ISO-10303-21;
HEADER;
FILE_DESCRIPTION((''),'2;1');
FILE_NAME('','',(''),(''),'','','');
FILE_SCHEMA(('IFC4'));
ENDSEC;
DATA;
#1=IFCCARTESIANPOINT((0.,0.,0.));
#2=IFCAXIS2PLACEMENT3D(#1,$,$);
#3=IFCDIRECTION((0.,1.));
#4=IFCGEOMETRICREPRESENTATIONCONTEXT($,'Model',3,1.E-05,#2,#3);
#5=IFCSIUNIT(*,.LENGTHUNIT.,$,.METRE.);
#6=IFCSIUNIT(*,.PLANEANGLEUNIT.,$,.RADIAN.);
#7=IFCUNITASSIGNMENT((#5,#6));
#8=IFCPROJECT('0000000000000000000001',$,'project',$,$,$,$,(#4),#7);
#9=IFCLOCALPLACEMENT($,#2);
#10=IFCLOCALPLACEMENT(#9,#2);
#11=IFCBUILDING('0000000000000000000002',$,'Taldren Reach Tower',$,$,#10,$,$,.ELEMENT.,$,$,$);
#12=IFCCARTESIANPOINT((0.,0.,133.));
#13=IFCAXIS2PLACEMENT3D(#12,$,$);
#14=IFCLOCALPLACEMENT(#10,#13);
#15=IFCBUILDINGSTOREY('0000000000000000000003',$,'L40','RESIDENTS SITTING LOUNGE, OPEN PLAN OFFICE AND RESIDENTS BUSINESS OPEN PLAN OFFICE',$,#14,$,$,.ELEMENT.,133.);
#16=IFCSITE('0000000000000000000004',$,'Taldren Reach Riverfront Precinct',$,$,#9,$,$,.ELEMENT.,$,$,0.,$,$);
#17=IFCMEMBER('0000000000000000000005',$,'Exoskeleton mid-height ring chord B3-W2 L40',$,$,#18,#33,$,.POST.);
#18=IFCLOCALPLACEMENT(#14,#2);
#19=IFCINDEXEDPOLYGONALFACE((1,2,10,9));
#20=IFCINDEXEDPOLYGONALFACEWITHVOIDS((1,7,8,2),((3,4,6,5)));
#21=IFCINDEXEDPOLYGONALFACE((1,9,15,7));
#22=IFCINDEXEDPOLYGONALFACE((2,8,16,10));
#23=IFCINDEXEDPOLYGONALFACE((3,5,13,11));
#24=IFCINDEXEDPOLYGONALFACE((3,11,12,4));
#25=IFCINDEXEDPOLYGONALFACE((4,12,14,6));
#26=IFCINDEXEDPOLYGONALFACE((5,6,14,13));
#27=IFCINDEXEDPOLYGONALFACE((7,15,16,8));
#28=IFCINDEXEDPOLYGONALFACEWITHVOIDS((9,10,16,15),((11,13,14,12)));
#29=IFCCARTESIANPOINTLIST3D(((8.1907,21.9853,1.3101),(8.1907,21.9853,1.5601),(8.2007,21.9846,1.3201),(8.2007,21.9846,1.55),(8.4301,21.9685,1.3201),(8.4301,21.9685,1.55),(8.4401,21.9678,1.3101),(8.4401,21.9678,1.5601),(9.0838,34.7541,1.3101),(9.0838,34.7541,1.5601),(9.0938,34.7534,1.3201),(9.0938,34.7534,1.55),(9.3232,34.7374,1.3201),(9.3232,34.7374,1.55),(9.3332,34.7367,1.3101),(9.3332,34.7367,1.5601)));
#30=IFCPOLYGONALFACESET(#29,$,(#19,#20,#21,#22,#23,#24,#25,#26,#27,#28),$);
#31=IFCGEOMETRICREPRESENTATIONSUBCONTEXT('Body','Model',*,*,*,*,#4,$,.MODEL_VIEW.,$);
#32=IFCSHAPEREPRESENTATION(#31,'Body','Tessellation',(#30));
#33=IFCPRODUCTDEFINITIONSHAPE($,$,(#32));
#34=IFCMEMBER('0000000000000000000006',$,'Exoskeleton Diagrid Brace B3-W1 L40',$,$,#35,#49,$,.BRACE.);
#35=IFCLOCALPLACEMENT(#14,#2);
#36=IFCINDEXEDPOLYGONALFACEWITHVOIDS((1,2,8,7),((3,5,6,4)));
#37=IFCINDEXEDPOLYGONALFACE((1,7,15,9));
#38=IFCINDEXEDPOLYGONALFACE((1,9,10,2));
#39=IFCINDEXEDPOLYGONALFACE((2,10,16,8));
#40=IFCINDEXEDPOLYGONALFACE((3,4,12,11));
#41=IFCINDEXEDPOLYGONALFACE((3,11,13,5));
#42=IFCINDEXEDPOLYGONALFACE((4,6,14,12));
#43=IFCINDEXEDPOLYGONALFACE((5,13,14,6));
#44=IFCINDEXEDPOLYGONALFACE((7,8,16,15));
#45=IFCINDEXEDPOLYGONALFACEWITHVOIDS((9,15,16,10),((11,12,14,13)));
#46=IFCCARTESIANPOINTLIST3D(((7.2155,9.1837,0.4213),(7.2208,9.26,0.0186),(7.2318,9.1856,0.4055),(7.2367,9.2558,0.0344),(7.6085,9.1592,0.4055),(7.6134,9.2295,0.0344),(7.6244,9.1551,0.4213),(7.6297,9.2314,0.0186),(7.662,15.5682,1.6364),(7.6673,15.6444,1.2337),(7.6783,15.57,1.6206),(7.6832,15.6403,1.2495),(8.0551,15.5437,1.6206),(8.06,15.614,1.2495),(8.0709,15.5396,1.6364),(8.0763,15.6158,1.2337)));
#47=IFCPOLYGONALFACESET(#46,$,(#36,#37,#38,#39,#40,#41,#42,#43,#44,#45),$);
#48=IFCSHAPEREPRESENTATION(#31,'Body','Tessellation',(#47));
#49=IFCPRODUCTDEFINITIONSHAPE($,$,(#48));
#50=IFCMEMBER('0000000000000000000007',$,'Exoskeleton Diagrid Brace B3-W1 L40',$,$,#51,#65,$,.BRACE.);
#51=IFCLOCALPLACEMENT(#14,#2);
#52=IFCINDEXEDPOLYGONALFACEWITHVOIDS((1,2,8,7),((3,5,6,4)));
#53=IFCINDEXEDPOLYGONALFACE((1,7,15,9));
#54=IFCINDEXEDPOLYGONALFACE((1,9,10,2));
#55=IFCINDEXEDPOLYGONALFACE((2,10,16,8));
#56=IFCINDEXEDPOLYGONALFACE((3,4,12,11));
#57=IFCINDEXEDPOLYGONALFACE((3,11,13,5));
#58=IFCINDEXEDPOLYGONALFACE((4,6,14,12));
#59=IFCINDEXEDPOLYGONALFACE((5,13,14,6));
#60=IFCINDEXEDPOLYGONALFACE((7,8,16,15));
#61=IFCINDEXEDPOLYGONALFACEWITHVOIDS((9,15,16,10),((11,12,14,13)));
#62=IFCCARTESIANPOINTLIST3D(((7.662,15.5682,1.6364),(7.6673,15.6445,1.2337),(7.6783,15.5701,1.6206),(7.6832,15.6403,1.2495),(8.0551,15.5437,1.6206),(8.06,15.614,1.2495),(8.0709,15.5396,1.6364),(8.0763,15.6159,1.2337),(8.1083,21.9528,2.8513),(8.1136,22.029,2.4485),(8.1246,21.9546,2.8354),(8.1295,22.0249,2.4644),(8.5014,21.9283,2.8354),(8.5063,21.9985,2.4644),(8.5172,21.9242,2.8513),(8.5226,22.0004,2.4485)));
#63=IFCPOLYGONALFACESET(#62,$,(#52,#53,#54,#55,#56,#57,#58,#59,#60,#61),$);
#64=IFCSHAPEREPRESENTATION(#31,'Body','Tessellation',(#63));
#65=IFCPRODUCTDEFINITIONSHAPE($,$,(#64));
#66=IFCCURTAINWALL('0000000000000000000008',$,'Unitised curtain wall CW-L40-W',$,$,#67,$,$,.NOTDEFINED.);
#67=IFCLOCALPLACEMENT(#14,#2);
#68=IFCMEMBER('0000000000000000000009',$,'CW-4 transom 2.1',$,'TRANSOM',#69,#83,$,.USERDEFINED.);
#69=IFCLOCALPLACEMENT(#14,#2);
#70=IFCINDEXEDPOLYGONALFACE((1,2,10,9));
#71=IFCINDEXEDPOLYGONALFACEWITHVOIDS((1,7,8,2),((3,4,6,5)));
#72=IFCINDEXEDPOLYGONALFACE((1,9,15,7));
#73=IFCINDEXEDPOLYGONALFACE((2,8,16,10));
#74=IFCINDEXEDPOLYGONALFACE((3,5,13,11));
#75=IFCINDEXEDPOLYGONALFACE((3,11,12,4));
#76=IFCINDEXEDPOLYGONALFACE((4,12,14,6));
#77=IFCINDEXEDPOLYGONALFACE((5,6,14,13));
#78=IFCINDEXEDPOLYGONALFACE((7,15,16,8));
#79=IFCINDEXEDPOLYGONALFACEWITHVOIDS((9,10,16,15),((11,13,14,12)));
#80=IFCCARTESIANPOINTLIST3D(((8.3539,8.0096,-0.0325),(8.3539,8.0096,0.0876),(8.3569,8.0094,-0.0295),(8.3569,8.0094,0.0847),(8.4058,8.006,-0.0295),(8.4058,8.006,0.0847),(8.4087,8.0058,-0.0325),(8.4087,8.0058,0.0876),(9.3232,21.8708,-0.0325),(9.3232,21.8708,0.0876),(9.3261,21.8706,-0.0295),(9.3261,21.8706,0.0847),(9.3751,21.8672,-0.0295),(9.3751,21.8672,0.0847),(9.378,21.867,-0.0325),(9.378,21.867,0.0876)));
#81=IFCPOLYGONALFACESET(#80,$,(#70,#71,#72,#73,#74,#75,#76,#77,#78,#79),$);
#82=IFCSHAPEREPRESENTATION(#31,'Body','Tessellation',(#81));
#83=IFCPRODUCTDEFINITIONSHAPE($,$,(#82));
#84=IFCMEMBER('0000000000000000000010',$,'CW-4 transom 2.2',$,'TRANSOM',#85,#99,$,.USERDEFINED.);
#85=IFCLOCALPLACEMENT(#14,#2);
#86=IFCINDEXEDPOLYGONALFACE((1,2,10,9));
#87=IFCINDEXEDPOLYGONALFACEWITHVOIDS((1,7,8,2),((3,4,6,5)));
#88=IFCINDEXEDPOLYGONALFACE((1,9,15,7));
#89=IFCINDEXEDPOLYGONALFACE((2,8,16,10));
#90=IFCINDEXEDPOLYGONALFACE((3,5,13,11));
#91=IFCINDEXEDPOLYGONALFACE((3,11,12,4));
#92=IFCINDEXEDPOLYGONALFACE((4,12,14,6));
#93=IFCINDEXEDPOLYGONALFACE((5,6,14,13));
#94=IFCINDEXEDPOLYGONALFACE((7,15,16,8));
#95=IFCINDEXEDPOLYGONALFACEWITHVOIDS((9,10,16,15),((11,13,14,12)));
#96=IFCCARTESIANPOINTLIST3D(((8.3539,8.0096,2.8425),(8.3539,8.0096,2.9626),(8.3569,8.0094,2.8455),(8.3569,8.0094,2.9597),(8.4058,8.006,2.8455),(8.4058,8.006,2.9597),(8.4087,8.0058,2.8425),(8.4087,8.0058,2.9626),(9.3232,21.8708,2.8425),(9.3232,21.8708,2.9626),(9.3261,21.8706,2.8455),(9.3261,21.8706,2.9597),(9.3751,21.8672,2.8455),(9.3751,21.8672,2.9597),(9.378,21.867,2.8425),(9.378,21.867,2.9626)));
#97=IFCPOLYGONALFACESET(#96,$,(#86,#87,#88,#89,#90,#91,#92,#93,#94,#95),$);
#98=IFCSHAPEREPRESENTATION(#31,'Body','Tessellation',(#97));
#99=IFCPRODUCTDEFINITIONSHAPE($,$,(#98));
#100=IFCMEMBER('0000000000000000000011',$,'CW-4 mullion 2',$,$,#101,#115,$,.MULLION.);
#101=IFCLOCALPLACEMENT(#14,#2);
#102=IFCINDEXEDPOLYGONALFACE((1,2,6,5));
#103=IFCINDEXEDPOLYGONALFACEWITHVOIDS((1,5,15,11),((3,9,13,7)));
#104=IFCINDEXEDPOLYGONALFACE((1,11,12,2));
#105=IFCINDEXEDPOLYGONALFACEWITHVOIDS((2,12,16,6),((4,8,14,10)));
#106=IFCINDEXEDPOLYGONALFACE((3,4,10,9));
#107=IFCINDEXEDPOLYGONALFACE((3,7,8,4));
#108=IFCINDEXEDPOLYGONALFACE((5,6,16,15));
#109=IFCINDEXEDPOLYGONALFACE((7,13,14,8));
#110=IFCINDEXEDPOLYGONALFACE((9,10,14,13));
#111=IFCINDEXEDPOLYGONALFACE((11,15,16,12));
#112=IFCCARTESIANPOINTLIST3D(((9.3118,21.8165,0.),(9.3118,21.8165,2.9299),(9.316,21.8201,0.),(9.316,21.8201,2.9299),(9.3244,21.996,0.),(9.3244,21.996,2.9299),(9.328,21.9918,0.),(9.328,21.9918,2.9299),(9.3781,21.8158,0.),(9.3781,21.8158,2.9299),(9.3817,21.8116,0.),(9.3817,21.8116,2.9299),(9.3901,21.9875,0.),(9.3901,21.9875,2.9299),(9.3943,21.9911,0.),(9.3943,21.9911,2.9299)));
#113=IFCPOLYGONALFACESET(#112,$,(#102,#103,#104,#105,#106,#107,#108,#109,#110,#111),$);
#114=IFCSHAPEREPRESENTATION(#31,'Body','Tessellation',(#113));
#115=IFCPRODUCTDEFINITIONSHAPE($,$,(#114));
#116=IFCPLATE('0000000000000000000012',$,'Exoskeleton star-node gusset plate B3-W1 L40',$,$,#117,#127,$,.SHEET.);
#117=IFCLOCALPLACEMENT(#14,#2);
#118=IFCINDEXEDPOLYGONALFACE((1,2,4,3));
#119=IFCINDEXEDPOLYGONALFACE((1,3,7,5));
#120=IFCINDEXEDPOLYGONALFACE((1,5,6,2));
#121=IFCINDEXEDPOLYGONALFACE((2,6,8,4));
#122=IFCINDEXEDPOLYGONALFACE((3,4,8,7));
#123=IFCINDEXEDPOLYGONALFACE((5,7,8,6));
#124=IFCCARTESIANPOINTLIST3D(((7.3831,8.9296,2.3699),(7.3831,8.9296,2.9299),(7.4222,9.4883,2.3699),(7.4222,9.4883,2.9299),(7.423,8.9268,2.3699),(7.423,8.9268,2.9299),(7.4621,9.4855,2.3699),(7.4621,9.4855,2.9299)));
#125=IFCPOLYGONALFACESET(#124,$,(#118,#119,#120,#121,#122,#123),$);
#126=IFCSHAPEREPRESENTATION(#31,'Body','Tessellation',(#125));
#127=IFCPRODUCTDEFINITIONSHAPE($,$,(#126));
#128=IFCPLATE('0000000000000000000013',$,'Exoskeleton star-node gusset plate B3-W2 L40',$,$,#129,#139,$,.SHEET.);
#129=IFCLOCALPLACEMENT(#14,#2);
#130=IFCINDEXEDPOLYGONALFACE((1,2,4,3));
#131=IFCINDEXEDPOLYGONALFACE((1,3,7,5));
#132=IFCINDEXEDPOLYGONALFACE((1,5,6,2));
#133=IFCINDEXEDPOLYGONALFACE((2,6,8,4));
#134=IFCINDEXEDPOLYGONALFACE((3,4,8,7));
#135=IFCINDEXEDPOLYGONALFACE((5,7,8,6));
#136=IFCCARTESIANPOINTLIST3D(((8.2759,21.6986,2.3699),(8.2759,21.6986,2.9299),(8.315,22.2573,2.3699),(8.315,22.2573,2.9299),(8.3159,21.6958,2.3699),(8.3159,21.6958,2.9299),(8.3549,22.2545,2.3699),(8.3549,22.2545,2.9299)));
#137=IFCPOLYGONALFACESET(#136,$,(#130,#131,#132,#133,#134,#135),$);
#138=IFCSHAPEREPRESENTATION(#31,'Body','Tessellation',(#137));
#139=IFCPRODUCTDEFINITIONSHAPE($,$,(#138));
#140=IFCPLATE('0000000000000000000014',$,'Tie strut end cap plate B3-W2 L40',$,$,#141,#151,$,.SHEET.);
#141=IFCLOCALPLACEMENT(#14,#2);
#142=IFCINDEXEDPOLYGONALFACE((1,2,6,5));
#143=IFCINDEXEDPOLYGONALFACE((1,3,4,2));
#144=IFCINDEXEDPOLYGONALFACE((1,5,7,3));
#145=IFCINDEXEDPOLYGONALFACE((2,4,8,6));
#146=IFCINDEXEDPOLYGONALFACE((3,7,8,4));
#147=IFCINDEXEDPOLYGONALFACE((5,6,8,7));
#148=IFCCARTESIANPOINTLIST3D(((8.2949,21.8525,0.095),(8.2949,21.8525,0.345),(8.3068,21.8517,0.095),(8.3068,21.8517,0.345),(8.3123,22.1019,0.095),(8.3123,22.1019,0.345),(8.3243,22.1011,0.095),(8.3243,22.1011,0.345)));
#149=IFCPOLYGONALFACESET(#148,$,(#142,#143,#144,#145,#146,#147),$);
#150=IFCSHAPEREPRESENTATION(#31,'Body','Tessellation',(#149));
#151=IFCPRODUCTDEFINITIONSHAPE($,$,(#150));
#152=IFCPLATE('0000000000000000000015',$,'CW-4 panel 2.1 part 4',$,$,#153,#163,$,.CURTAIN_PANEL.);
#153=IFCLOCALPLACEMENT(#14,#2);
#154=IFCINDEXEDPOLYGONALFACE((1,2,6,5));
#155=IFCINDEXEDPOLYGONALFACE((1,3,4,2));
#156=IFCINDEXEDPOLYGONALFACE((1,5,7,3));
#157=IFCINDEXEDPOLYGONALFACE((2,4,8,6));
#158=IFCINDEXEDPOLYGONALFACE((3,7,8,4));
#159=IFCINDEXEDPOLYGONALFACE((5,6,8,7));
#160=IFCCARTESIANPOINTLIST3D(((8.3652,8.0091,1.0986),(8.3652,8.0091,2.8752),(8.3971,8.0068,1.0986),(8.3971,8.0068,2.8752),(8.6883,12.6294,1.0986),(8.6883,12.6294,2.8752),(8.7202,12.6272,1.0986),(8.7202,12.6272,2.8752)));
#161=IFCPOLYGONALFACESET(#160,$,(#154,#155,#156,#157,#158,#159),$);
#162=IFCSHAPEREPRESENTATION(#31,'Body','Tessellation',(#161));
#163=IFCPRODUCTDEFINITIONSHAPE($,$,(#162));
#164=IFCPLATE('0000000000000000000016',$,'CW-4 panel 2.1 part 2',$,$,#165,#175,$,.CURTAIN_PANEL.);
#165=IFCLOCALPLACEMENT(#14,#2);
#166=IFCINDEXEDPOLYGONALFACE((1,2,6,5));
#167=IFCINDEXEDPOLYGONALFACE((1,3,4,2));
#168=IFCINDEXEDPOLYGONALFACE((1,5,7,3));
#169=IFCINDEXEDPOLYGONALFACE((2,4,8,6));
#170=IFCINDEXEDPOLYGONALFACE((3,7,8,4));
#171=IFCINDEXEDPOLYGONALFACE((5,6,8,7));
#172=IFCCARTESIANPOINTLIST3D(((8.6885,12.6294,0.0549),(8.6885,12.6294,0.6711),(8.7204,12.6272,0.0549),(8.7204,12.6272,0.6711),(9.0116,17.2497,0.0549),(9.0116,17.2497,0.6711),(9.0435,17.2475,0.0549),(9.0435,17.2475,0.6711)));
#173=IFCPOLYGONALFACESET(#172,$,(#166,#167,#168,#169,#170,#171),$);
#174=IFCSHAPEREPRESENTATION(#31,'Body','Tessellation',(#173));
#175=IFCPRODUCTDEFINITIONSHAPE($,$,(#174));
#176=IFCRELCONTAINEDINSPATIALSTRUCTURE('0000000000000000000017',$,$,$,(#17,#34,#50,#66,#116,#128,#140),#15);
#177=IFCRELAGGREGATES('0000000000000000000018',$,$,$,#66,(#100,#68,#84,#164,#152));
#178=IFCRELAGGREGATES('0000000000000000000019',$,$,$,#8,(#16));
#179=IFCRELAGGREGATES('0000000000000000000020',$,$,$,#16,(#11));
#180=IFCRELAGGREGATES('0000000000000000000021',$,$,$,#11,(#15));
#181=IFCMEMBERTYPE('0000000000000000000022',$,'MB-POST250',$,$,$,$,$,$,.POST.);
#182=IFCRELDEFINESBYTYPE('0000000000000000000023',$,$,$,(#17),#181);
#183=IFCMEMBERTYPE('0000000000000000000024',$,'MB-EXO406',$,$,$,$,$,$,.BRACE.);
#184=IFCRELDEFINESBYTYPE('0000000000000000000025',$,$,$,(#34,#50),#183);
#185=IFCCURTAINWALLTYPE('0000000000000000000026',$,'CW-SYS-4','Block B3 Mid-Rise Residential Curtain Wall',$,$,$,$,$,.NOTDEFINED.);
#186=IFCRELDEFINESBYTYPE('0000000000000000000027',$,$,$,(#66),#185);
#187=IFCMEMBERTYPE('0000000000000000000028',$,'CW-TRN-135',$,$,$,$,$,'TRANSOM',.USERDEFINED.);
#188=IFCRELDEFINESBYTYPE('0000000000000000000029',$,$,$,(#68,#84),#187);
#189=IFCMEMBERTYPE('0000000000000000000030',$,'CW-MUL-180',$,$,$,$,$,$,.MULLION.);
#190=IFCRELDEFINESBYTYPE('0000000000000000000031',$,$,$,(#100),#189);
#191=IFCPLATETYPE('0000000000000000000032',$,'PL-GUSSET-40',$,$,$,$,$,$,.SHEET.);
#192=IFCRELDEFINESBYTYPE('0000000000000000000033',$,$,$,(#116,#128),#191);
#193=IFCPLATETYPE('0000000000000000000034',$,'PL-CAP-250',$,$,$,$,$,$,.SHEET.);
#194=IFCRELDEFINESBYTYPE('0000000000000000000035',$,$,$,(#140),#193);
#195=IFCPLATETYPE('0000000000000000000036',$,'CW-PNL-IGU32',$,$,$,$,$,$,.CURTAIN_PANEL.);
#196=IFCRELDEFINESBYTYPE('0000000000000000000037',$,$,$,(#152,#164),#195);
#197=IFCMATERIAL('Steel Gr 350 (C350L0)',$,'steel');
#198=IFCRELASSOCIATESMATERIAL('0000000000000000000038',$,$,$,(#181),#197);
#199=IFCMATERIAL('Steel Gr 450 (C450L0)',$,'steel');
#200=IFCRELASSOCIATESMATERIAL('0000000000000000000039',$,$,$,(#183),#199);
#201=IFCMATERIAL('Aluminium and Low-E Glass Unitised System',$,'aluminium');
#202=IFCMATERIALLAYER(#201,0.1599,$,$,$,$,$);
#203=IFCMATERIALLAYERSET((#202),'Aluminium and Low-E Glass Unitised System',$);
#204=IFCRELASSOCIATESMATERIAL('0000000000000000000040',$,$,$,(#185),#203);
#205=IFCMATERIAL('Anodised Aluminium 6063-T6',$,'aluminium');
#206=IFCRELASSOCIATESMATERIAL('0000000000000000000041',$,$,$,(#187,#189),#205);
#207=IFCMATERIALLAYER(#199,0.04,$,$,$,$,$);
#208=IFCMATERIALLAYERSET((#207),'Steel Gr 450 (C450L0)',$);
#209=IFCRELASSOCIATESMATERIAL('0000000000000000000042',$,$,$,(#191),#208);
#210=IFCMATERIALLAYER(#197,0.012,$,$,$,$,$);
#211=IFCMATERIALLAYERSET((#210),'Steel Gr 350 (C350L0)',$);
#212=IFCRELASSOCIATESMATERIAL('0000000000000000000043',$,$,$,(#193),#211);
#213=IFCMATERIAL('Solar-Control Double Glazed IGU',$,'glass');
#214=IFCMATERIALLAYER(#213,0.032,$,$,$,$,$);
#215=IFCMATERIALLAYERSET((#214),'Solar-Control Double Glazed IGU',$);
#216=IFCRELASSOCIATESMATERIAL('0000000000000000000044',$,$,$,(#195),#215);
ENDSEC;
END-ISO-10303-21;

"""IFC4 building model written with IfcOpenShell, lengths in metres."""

from ifc_helpers import new_model, si_unit, direction, frame, origin, origin_2d, place, context, subcontext, project, spatial, rectangle, hollow_rectangle, extrude, source, transform, mapped, material, layer, layer_set, material_profile, profile_set, type_object, element, aggregate, save


model = new_model("IFC4")

# Units and contexts
model_context = context("Model", 3, precision=1e-05, world=origin(), true_north=direction((0.0, 1.0)))
body_context = subcontext(model_context, "Body", "Model", "MODEL_VIEW")
ifc_project = project(units=[si_unit("LENGTHUNIT", "METRE"), si_unit("PLANEANGLEUNIT", "RADIAN")], contexts=[model_context])

# Site, building, storey
site_placement = place(None, origin())
site = spatial("IfcSite", under=ifc_project, at=site_placement, Name="Taldren Reach Riverfront Precinct", CompositionType="ELEMENT", RefElevation=0.0)
building_placement = place(site_placement, origin())
building = spatial("IfcBuilding", under=site, at=building_placement, Name="Taldren Reach Tower", CompositionType="ELEMENT")
storey_placement = place(building_placement, frame((0.0, 0.0, 133.0)))
storey = spatial("IfcBuildingStorey", under=building, at=storey_placement, Name="L40", Description="RESIDENTS SITTING LOUNGE, OPEN PLAN OFFICE AND RESIDENTS BUSINESS OPEN PLAN OFFICE", CompositionType="ELEMENT", Elevation=133.0)

# Shared definitions
ifc_material_1 = material(Name="Steel Gr 350 (C350L0)", Category="steel")
ifc_material_profile_1 = material_profile(ifc_material_1, hollow_rectangle(XDim=0.25, YDim=0.25, WallThickness=0.01, at=origin_2d()), Name="250x250x10.0SHS")
ifc_profile_set_1 = profile_set([ifc_material_profile_1], Name="Steel Gr 350 (C350L0)")
member_type_1 = type_object("IfcMemberType", Name="MB-POST250", PredefinedType="POST", material=ifc_profile_set_1)
ifc_material_2 = material(Name="Steel Gr 450 (C450L0)", Category="steel")

# Members
shared_shape_1 = source(origin(), body_context, "Body", "SweptSolid", [
    extrude(hollow_rectangle(XDim=0.25, YDim=0.25, WallThickness=0.01, at=origin_2d()), origin(), (0.0, 0.0, 1.0), 12.8),
])
member_1_placement = place(storey_placement, frame((8.3154, 21.9766, 1.4351), z_axis=(0.069771, 0.997563, 0.0), x_axis=(-0.997563, 0.069771, 0.0)))
element("IfcMember", 1, at=member_1_placement, inside=storey, type_object=member_type_1, Name="Exoskeleton mid-height ring chord B3-W2 L40", PredefinedType="POST", context=body_context, shape_type="MappedRepresentation", body=[
    mapped(shared_shape_1, transform((0.0, 0.0, 0.0), scale=1.0)),
])
ifc_material_profile_2 = material_profile(ifc_material_2, hollow_rectangle(XDim=0.4099, YDim=0.4099, WallThickness=0.0161, at=origin_2d()), Name="410x410x16.0SHS")
ifc_profile_set_2 = profile_set([ifc_material_profile_2], Name="Steel Gr 450 (C450L0)")
member_type_2 = type_object("IfcMemberType", Name="MB-EXO406", PredefinedType="BRACE", material=ifc_profile_set_2)
shared_shape_2 = source(origin(), body_context, "Body", "SweptSolid", [
    extrude(hollow_rectangle(XDim=0.4099, YDim=0.4099, WallThickness=0.0161, at=origin_2d()), origin(), (0.0, 0.0, 1.0), 6.5144),
])
for number, where, z_axis, x_axis, name in (
    (2, (7.4226, 9.2075, 0.22), (0.068545, 0.980057, 0.186522), (-0.997563, 0.06977, 0.0), "Exoskeleton Diagrid Brace B3-W1 L40"),
    (3, (7.8691, 15.592, 1.4351), (0.068508, 0.980066, 0.186487), (-0.997566, 0.069732, 0.0), "Exoskeleton Diagrid Brace B3-W1 L40"),
):
    element("IfcMember", number, at=place(storey_placement, frame(where, z_axis=z_axis, x_axis=x_axis)), inside=storey, type_object=member_type_2, Name=name, PredefinedType="BRACE", context=body_context, shape_type="MappedRepresentation", body=[
        mapped(shared_shape_2, transform((0.0, 0.0, 0.0), scale=1.0)),
    ])

# Curtain wall, members
ifc_material_3 = material(Name="Aluminium and Low-E Glass Unitised System", Category="aluminium")
ifc_layer_1 = layer(ifc_material_3, 0.1599)
ifc_layer_set_1 = layer_set([ifc_layer_1], Name="Aluminium and Low-E Glass Unitised System")
curtain_wall_type = type_object("IfcCurtainWallType", Name="CW-SYS-4", Description="Block B3 Mid-Rise Residential Curtain Wall", PredefinedType="NOTDEFINED", material=ifc_layer_set_1)
curtain_wall_placement = place(storey_placement, origin())
curtain_wall = element("IfcCurtainWall", 4, at=curtain_wall_placement, inside=storey, type_object=curtain_wall_type, Name="Unitised curtain wall CW-L40-W", PredefinedType="NOTDEFINED")
ifc_material_4 = material(Name="Anodised Aluminium 6063-T6", Category="aluminium")
ifc_material_profile_3 = material_profile(ifc_material_4, hollow_rectangle(XDim=0.0549, YDim=0.1201, WallThickness=0.0029, at=origin_2d()), Name="ALU-120x55x3RHS")
ifc_profile_set_3 = profile_set([ifc_material_profile_3], Name="Anodised Aluminium 6063-T6")
member_type_3 = type_object("IfcMemberType", Name="CW-TRN-135", ElementType="TRANSOM", PredefinedType="USERDEFINED", material=ifc_profile_set_3)
shared_shape_3 = source(origin(), body_context, "Body", "SweptSolid", [
    extrude(hollow_rectangle(XDim=0.0549, YDim=0.1201, WallThickness=0.0029, at=origin_2d()), origin(), (0.0, 0.0, 1.0), 13.895),
])
member_2_placement = place(storey_placement, frame((9.3506, 21.8689, 0.0276), z_axis=(-0.069755, -0.997564, 0.0), x_axis=(0.997564, -0.069755, 0.0)))
member_2 = element("IfcMember", 5, at=member_2_placement, type_object=member_type_3, Name="CW-4 transom 2.1", ObjectType="TRANSOM", PredefinedType="USERDEFINED", context=body_context, shape_type="MappedRepresentation", body=[
    mapped(shared_shape_3, transform((0.0, 0.0, 0.0), scale=1.0)),
])
member_3_placement = place(storey_placement, frame((9.3506, 21.8689, 2.9026), z_axis=(-0.069755, -0.997564, 0.0), x_axis=(0.997564, -0.069755, 0.0)))
member_3 = element("IfcMember", 6, at=member_3_placement, type_object=member_type_3, Name="CW-4 transom 2.2", ObjectType="TRANSOM", PredefinedType="USERDEFINED", context=body_context, shape_type="MappedRepresentation", body=[
    mapped(shared_shape_3, transform((0.0, 0.0, 0.0), scale=1.0)),
])
ifc_material_profile_4 = material_profile(ifc_material_4, hollow_rectangle(XDim=0.0701, YDim=0.1799, WallThickness=0.0039, at=origin_2d()), Name="ALU-180x70x4RHS")
ifc_profile_set_4 = profile_set([ifc_material_profile_4], Name="Anodised Aluminium 6063-T6")
member_type_4 = type_object("IfcMemberType", Name="CW-MUL-180", PredefinedType="MULLION", material=ifc_profile_set_4)
shared_shape_4 = source(origin(), body_context, "Body", "SweptSolid", [
    extrude(hollow_rectangle(XDim=0.0701, YDim=0.1799, WallThickness=0.0039, at=origin_2d()), origin(), (0.0, 0.0, 1.0), 2.9299),
])
member_4_placement = place(storey_placement, frame((9.353, 21.9038, 0.0), z_axis=(0.0, 0.0, 1.0), x_axis=(0.997564, -0.069756, 0.0)))
member_4 = element("IfcMember", 7, at=member_4_placement, type_object=member_type_4, Name="CW-4 mullion 2", PredefinedType="MULLION", context=body_context, shape_type="MappedRepresentation", body=[
    mapped(shared_shape_4, transform((0.0, 0.0, 0.0), scale=1.0)),
])

# Plates
ifc_layer_2 = layer(ifc_material_2, 0.04)
ifc_layer_set_2 = layer_set([ifc_layer_2], Name="Steel Gr 450 (C450L0)")
plate_type_1 = type_object("IfcPlateType", Name="PL-GUSSET-40", PredefinedType="SHEET", material=ifc_layer_set_2)
shared_shape_5 = source(origin(), body_context, "Body", "SweptSolid", [
    extrude(rectangle(XDim=0.5601, YDim=0.04, at=origin_2d()), origin(), (0.0, 0.0, 1.0), 0.5601),
])
for number, where, z_axis, x_axis, name in (
    (8, (7.4226, 9.2075, 2.3699), (0.0, 0.0, 1.0), (0.069756, 0.997564, 0.0), "Exoskeleton star-node gusset plate B3-W1 L40"),
    (9, (8.3154, 21.9766, 2.3699), (0.0, 0.0, 1.0), (0.069756, 0.997564, 0.0), "Exoskeleton star-node gusset plate B3-W2 L40"),
):
    element("IfcPlate", number, at=place(storey_placement, frame(where, z_axis=z_axis, x_axis=x_axis)), inside=storey, type_object=plate_type_1, Name=name, PredefinedType="SHEET", context=body_context, shape_type="MappedRepresentation", body=[
        mapped(shared_shape_5, transform((0.0, 0.0, 0.0), scale=1.0)),
    ])
ifc_layer_3 = layer(ifc_material_1, 0.012)
ifc_layer_set_3 = layer_set([ifc_layer_3], Name="Steel Gr 350 (C350L0)")
plate_type_2 = type_object("IfcPlateType", Name="PL-CAP-250", PredefinedType="SHEET", material=ifc_layer_set_3)
shared_shape_6 = source(origin(), body_context, "Body", "SweptSolid", [
    extrude(rectangle(XDim=0.012, YDim=0.25, at=origin_2d()), origin(), (0.0, 0.0, 1.0), 0.25),
])
plate_1_placement = place(storey_placement, frame((8.3096, 21.9768, 0.095), z_axis=(0.0, 0.0, 1.0), x_axis=(0.997564, -0.069756, 0.0)))
element("IfcPlate", 10, at=plate_1_placement, inside=storey, type_object=plate_type_2, Name="Tie strut end cap plate B3-W2 L40", PredefinedType="SHEET", context=body_context, shape_type="MappedRepresentation", body=[
    mapped(shared_shape_6, transform((0.0, 0.0, 0.0), scale=1.0)),
])

# Plates
ifc_material_5 = material(Name="Solar-Control Double Glazed IGU", Category="glass")
ifc_layer_4 = layer(ifc_material_5, 0.032)
ifc_layer_set_4 = layer_set([ifc_layer_4], Name="Solar-Control Double Glazed IGU")
plate_type_3 = type_object("IfcPlateType", Name="CW-PNL-IGU32", PredefinedType="CURTAIN_PANEL", material=ifc_layer_set_4)
shared_shape_7 = source(origin(), body_context, "Body", "SweptSolid", [
    extrude(rectangle(XDim=4.6316, YDim=0.032, at=origin_2d()), origin(), (0.0, 0.0, 1.0), 1.7766),
])
plate_2_placement = place(storey_placement, frame((8.5427, 10.3181, 1.0986), z_axis=(0.0, 0.0, 1.0), x_axis=(-0.069756, -0.997564, 0.0)))
plate_2 = element("IfcPlate", 11, at=plate_2_placement, type_object=plate_type_3, Name="CW-4 panel 2.1 part 4", PredefinedType="CURTAIN_PANEL", context=body_context, shape_type="MappedRepresentation", body=[
    mapped(shared_shape_7, transform((0.0, 0.0, 0.0), scale=1.0)),
])
shared_shape_8 = source(origin(), body_context, "Body", "SweptSolid", [
    extrude(rectangle(XDim=4.6316, YDim=0.032, at=origin_2d()), origin(), (0.0, 0.0, 1.0), 0.6162),
])
plate_3_placement = place(storey_placement, frame((8.866, 14.9385, 0.0549), z_axis=(0.0, 0.0, 1.0), x_axis=(-0.069756, -0.997564, 0.0)))
plate_3 = element("IfcPlate", 12, at=plate_3_placement, type_object=plate_type_3, Name="CW-4 panel 2.1 part 2", PredefinedType="CURTAIN_PANEL", context=body_context, shape_type="MappedRepresentation", body=[
    mapped(shared_shape_8, transform((0.0, 0.0, 0.0), scale=1.0)),
])
aggregate(curtain_wall, [member_4, member_2, member_3, plate_3, plate_2])

save(model, "model.ifc")
